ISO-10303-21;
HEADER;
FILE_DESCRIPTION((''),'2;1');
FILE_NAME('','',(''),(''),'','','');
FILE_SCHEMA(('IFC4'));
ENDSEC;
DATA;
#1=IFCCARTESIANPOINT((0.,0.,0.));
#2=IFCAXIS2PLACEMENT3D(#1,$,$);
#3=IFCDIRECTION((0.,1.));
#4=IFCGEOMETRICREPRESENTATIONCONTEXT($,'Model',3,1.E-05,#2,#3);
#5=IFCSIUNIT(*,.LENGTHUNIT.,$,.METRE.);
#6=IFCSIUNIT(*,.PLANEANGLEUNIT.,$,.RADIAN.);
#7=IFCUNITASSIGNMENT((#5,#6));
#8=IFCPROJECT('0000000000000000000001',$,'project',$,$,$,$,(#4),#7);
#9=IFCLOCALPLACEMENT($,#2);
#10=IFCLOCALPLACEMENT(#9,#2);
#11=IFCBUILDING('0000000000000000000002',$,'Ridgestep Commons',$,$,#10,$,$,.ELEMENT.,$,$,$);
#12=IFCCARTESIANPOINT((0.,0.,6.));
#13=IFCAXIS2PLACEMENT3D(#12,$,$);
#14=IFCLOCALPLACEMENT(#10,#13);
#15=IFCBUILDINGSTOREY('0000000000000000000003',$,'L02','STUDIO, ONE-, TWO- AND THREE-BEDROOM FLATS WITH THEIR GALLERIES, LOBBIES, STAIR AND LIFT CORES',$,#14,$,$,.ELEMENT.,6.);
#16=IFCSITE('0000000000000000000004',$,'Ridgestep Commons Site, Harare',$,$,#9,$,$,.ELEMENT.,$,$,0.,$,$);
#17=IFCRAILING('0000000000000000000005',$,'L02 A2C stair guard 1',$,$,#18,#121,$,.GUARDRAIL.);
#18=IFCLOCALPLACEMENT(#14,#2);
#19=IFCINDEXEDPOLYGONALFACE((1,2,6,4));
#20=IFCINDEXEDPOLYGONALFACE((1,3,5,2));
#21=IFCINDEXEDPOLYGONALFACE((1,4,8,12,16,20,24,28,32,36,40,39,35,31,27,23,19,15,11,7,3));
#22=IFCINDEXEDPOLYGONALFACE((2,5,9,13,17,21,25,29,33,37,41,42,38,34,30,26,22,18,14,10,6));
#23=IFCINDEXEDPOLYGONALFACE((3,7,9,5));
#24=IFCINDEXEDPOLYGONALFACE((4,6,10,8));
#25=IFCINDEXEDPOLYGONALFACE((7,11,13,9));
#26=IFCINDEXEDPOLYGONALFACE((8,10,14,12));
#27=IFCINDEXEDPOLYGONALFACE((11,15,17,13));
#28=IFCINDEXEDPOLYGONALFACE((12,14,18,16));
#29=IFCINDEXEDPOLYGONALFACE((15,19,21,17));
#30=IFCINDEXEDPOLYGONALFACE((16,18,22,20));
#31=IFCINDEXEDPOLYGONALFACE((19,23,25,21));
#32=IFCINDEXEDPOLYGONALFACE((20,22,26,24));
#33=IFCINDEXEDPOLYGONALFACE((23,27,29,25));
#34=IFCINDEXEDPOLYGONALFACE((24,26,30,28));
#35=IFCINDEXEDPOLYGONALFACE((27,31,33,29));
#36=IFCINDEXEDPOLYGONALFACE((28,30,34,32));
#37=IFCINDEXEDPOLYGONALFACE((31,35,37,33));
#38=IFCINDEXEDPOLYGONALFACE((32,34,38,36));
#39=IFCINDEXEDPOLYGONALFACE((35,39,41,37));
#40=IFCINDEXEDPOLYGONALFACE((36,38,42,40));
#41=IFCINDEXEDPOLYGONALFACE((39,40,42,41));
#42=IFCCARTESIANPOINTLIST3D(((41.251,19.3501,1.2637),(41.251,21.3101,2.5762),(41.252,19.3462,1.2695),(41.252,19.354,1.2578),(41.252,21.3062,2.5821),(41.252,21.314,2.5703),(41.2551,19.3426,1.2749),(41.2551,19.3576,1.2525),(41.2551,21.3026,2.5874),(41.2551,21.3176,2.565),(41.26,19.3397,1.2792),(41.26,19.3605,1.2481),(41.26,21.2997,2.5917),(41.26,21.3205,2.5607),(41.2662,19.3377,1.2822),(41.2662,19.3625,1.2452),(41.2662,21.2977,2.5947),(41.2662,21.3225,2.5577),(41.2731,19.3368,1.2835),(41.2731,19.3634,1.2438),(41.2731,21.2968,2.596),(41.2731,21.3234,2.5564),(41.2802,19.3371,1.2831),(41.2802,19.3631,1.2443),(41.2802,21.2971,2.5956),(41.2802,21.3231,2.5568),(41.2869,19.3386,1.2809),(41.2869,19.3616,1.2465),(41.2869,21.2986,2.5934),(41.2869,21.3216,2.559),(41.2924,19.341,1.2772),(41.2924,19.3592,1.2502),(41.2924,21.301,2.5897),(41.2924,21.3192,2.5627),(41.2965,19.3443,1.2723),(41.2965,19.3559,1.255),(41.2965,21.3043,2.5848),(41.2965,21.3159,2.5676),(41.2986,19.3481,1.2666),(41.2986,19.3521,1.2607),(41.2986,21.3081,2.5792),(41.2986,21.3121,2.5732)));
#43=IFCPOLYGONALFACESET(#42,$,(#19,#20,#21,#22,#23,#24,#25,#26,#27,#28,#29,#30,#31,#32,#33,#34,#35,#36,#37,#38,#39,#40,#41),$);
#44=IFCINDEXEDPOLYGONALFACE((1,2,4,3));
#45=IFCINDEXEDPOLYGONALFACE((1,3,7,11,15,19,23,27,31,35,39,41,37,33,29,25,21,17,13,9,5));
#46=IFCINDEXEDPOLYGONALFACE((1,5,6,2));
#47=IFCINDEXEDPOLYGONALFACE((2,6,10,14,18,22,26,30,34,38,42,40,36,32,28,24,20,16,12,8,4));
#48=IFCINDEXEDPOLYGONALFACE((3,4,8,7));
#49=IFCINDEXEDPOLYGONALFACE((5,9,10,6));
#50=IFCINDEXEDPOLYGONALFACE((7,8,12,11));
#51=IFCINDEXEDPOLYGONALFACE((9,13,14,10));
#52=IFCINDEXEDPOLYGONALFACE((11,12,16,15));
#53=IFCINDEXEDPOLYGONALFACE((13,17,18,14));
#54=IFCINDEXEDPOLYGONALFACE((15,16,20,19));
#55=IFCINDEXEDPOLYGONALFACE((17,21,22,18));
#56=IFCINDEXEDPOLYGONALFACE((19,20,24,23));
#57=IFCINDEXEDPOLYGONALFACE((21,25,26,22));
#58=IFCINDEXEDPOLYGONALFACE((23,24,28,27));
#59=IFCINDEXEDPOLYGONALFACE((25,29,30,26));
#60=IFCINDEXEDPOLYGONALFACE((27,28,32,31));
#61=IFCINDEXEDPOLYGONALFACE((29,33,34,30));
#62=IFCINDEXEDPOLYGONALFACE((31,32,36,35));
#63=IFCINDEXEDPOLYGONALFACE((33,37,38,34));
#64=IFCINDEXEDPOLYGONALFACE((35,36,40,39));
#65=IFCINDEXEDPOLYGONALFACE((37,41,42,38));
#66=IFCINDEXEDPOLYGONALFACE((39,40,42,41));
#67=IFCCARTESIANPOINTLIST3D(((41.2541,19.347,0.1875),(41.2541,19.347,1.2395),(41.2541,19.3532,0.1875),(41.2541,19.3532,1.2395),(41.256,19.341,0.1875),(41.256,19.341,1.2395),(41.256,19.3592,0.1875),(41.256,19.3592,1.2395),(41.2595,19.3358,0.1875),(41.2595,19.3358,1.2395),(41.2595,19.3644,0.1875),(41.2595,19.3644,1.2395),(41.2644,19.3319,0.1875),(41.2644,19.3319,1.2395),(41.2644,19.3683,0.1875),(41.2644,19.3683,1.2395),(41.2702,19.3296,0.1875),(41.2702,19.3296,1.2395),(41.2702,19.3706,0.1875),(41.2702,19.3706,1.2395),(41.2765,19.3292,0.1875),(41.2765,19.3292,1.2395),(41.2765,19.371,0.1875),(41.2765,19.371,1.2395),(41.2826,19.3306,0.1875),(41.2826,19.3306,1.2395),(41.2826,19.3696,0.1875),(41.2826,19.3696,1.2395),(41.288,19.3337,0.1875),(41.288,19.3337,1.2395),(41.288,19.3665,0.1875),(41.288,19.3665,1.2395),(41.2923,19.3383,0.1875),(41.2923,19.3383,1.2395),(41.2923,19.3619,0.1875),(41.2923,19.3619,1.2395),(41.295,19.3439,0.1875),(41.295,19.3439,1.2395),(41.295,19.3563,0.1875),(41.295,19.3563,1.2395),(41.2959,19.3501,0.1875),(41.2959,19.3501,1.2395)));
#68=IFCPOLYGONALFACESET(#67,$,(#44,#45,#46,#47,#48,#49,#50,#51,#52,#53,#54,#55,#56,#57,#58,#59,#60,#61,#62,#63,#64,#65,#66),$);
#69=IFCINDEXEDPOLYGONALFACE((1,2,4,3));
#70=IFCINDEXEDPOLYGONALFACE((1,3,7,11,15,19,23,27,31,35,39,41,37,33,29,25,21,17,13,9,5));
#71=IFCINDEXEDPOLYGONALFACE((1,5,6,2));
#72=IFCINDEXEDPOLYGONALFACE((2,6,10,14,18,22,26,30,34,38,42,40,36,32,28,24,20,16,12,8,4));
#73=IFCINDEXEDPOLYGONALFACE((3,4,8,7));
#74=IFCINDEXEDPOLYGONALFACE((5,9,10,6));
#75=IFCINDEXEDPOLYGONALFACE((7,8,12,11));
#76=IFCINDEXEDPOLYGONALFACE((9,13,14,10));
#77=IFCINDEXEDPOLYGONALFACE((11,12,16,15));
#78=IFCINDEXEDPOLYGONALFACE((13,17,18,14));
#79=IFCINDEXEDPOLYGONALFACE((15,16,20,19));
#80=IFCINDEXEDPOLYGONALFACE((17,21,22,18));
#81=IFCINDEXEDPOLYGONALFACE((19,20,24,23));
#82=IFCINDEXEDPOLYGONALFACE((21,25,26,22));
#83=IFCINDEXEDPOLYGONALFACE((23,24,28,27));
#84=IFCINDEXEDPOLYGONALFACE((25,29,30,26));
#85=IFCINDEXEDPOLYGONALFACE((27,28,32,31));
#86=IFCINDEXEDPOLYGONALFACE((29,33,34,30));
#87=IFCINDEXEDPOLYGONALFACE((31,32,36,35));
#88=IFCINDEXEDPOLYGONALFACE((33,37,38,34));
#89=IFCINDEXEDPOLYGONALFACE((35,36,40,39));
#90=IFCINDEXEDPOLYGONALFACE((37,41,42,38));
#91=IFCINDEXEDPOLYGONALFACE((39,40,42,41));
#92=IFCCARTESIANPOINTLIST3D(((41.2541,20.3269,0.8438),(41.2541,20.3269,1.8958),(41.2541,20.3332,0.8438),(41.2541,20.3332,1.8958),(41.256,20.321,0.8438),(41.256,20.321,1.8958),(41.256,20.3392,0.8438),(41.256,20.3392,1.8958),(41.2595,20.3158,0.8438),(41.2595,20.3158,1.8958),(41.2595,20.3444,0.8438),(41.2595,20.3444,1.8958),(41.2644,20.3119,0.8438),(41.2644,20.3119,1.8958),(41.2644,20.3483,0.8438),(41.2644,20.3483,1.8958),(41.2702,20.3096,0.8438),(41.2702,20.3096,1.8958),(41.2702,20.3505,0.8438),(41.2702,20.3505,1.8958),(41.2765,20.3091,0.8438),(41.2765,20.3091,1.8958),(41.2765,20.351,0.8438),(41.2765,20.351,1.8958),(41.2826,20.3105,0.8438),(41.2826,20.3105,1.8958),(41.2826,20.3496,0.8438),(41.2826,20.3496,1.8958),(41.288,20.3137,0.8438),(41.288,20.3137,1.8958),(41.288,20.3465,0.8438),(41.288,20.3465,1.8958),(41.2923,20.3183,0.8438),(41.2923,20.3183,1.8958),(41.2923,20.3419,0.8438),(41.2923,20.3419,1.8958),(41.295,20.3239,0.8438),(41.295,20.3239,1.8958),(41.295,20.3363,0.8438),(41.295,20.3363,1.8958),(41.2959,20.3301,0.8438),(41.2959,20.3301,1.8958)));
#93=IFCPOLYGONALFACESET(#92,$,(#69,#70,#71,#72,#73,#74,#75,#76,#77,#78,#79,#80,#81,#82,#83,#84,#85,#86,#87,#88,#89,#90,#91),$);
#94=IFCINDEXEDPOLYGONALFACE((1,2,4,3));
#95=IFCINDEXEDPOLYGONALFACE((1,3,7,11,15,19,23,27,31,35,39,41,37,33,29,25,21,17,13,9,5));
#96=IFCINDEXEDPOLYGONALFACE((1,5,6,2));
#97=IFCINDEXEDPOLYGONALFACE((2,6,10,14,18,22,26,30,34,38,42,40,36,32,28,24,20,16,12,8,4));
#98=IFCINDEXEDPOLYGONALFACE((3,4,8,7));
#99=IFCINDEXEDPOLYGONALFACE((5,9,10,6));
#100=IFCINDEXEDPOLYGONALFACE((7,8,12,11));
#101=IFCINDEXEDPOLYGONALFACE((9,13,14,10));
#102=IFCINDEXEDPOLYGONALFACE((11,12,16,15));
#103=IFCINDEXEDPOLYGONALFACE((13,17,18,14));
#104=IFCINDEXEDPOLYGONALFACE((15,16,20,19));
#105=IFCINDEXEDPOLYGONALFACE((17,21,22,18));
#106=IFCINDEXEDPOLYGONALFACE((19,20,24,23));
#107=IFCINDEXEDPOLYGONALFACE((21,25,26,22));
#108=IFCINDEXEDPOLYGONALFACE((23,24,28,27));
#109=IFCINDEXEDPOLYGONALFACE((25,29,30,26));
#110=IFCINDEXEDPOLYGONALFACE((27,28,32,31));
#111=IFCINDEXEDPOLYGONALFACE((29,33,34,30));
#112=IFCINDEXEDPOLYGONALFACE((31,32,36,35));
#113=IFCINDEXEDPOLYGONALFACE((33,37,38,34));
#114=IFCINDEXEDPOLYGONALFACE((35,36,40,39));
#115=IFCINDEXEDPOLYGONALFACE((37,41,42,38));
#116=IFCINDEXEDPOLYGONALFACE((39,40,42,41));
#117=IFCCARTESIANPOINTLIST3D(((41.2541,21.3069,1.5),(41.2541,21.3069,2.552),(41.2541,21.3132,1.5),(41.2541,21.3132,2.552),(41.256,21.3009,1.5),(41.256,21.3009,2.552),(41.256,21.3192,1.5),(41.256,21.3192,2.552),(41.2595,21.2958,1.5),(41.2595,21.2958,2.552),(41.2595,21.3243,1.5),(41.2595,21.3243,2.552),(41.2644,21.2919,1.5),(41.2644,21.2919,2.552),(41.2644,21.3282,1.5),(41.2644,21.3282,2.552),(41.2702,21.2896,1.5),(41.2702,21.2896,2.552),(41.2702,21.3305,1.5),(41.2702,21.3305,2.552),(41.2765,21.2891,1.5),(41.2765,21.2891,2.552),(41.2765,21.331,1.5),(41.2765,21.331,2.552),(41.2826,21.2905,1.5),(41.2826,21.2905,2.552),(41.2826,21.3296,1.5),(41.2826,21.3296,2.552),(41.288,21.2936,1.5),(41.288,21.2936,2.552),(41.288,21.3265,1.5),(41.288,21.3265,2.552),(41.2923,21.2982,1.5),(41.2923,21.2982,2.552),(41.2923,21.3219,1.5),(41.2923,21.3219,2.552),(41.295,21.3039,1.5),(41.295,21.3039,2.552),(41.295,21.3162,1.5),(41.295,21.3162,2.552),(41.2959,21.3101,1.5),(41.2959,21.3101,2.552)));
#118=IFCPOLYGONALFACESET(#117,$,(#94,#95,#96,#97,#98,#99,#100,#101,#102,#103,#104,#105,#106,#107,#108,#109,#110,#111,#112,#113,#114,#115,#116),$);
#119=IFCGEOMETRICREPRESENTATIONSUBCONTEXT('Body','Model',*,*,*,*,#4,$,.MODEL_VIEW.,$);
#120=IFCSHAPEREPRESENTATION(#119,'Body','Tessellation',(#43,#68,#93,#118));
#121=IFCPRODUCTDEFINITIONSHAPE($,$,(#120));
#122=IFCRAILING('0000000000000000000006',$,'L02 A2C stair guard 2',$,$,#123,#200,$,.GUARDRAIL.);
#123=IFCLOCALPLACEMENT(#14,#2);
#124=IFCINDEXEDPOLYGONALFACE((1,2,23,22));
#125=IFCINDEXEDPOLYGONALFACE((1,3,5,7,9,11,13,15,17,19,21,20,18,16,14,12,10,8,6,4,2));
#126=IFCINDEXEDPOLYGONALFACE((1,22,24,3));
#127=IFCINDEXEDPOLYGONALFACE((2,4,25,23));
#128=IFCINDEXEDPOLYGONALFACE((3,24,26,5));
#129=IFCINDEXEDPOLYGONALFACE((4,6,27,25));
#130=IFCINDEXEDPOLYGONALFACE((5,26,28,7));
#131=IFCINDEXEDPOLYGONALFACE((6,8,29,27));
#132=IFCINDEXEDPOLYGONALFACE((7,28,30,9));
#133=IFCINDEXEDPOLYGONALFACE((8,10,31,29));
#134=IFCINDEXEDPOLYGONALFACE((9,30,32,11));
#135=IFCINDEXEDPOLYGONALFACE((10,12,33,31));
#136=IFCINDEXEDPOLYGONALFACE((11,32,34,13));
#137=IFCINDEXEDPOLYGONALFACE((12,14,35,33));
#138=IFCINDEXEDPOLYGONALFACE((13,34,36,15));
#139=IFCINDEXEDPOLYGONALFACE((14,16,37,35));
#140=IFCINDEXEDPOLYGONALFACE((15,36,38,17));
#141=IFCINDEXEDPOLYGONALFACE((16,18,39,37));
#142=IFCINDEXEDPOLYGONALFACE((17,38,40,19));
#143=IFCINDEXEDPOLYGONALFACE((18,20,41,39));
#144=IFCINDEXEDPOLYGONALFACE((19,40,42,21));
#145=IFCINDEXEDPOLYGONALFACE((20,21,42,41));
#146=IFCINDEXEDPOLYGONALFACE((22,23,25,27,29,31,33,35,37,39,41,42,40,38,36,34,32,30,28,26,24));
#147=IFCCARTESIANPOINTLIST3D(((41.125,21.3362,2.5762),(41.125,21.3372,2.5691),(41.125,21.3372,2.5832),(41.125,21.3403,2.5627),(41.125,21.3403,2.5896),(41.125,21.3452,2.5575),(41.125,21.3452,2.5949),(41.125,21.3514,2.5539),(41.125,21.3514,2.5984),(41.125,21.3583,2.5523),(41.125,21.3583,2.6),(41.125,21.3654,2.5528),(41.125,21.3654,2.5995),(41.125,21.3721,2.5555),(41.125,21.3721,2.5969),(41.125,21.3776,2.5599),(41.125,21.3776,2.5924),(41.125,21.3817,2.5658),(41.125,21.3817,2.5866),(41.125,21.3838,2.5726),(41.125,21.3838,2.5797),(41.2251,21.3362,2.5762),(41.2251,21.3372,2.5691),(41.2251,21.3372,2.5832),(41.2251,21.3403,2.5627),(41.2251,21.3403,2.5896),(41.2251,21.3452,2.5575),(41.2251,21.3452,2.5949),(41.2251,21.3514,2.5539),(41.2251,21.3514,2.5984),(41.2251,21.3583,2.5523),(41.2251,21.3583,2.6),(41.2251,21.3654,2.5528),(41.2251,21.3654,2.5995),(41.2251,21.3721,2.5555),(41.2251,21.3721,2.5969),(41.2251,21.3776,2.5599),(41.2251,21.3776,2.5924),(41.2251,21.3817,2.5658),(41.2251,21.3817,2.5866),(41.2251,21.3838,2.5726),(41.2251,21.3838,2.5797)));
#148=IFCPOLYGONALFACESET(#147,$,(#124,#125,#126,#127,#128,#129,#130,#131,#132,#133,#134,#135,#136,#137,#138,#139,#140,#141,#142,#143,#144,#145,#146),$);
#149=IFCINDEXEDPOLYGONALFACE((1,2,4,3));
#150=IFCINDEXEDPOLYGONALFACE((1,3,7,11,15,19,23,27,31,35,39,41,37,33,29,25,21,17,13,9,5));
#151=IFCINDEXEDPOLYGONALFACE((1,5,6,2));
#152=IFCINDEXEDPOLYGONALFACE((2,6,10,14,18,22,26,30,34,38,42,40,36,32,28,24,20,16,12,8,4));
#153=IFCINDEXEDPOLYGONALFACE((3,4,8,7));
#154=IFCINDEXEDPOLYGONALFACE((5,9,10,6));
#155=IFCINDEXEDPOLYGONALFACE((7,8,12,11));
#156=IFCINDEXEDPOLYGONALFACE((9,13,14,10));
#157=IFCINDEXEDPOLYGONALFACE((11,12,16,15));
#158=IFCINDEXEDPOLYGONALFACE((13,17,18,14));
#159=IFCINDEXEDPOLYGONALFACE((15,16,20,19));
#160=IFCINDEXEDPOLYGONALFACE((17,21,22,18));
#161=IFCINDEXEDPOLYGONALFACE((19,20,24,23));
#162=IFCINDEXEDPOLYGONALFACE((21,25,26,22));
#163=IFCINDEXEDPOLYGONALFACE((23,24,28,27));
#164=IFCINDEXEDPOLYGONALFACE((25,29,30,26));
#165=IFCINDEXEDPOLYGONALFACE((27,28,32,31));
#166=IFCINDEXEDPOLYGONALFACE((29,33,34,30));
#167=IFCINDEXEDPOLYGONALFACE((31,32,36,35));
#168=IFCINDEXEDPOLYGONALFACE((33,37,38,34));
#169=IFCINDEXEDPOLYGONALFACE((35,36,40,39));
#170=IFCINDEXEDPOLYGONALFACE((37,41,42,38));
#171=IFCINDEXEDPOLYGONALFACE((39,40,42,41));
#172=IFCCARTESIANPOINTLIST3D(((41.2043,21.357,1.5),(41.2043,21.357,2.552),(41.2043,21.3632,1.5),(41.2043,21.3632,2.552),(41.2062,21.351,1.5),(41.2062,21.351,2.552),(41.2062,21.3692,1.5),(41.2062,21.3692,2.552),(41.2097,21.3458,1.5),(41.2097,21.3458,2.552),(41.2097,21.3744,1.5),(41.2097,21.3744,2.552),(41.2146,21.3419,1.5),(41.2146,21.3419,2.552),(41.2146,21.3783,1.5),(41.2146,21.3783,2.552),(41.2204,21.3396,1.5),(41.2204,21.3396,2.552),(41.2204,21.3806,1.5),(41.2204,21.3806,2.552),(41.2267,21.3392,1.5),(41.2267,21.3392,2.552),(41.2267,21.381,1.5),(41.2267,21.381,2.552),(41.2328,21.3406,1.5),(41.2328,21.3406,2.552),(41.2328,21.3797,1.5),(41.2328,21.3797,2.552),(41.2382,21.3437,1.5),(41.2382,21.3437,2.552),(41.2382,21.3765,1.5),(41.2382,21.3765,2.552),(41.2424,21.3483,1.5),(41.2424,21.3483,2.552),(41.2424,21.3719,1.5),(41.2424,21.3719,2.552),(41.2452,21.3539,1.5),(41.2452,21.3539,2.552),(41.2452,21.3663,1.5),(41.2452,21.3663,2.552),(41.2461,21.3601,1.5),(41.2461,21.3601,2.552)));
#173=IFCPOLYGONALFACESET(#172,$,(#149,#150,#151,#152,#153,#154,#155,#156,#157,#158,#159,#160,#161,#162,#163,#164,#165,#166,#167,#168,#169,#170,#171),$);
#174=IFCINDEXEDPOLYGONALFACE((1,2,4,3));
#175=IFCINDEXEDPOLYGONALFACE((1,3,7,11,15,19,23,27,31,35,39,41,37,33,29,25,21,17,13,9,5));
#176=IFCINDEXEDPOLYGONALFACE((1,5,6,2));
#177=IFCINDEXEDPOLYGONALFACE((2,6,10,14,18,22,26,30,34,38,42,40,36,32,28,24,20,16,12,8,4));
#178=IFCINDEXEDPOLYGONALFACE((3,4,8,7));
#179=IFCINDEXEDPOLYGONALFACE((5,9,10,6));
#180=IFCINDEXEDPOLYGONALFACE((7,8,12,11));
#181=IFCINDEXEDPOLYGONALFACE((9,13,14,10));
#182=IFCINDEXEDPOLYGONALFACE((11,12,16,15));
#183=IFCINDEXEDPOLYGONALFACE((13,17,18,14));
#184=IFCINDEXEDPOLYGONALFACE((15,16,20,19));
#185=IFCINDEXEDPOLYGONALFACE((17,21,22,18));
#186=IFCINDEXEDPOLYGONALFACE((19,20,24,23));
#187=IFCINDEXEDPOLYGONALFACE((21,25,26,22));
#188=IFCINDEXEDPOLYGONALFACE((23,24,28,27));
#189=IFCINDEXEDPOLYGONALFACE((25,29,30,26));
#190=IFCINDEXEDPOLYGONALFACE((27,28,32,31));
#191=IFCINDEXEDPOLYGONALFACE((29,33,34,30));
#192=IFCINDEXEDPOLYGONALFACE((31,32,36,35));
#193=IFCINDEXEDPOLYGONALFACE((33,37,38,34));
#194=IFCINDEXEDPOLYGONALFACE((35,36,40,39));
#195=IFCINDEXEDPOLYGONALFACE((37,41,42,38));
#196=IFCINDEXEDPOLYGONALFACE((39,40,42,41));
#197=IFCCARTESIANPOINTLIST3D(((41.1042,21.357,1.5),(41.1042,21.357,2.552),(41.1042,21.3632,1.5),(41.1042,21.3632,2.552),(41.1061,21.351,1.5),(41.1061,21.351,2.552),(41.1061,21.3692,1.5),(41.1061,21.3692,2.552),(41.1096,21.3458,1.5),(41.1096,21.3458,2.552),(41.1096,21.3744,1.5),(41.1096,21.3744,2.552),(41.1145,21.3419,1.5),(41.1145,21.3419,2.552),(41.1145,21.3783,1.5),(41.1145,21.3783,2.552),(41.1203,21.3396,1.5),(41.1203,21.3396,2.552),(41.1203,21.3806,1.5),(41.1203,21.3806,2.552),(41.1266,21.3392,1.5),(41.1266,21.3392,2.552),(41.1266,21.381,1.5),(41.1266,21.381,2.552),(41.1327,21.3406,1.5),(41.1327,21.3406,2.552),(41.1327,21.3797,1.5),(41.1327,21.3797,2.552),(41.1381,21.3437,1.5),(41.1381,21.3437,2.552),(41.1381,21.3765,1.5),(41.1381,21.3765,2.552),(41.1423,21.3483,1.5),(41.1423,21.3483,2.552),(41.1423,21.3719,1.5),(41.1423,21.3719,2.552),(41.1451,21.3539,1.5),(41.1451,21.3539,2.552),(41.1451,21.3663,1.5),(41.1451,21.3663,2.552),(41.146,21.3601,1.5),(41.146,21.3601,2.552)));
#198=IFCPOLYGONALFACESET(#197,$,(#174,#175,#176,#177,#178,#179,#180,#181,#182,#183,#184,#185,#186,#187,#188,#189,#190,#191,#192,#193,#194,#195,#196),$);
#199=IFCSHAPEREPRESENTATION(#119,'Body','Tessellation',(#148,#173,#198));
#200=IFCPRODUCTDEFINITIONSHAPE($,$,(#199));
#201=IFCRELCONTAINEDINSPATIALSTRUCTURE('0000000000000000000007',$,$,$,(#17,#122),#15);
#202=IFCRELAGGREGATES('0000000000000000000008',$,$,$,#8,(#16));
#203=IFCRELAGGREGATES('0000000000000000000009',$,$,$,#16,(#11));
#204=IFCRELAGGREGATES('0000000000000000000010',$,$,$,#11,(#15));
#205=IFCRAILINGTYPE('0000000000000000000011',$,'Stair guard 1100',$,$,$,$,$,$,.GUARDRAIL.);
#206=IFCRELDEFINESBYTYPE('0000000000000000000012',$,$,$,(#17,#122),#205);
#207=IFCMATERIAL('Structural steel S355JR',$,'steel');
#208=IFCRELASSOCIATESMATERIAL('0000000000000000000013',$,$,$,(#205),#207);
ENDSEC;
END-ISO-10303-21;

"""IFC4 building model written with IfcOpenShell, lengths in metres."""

from ifc_helpers import new_model, si_unit, direction, frame, origin, origin_2d, place, context, subcontext, project, spatial, circle, extrude, material, type_object, element, save


model = new_model("IFC4")

# Units and contexts
model_context = context("Model", 3, precision=1e-05, world=origin(), true_north=direction((0.0, 1.0)))
body_context = subcontext(model_context, "Body", "Model", "MODEL_VIEW")
ifc_project = project(units=[si_unit("LENGTHUNIT", "METRE"), si_unit("PLANEANGLEUNIT", "RADIAN")], contexts=[model_context])

# Site, building, storey
site_placement = place(None, origin())
site = spatial("IfcSite", under=ifc_project, at=site_placement, Name="Ridgestep Commons Site, Harare", CompositionType="ELEMENT", RefElevation=0.0)
building_placement = place(site_placement, origin())
building = spatial("IfcBuilding", under=site, at=building_placement, Name="Ridgestep Commons", CompositionType="ELEMENT")
storey_placement = place(building_placement, frame((0.0, 0.0, 6.0)))
storey = spatial("IfcBuildingStorey", under=building, at=storey_placement, Name="L02", Description="STUDIO, ONE-, TWO- AND THREE-BEDROOM FLATS WITH THEIR GALLERIES, LOBBIES, STAIR AND LIFT CORES", CompositionType="ELEMENT", Elevation=6.0)

# Railings
ifc_material_1 = material(Name="Structural steel S355JR", Category="steel")
railing_type_1 = type_object("IfcRailingType", Name="Stair guard 1100", PredefinedType="GUARDRAIL", material=ifc_material_1)
railing_1_placement = place(storey_placement, frame((41.2749, 19.3501, 0.1875)))
element("IfcRailing", 1, at=railing_1_placement, inside=storey, type_object=railing_type_1, Name="L02 A2C stair guard 1", PredefinedType="GUARDRAIL", context=body_context, shape_type="SweptSolid", body=[
    extrude(circle(Radius=0.0239, at=origin_2d()), frame((0.0, 0.0, 1.0762), z_axis=(0.0, 0.830902, 0.556419), x_axis=(-1.0, 0.0, 0.0)), (0.0, 0.0, 1.0), 2.3589),
    extrude(circle(Radius=0.021, at=origin_2d()), origin(), (0.0, 0.0, 1.0), 1.052),
    extrude(circle(Radius=0.021, at=origin_2d()), frame((0.0, 0.98, 0.6562)), (0.0, 0.0, 1.0), 1.052),
    extrude(circle(Radius=0.021, at=origin_2d()), frame((0.0, 1.96, 1.3125)), (0.0, 0.0, 1.0), 1.052),
])
railing_2_placement = place(storey_placement, frame((41.2251, 21.3601, 1.5)))
element("IfcRailing", 2, at=railing_2_placement, inside=storey, type_object=railing_type_1, Name="L02 A2C stair guard 2", PredefinedType="GUARDRAIL", context=body_context, shape_type="SweptSolid", body=[
    extrude(circle(Radius=0.0239, at=origin_2d()), frame((0.0, 0.0, 1.0762), z_axis=(-1.0, 0.0, 0.0), x_axis=(0.0, -1.0, 0.0)), (0.0, 0.0, 1.0), 0.1001),
    extrude(circle(Radius=0.021, at=origin_2d()), origin(), (0.0, 0.0, 1.0), 1.052),
    extrude(circle(Radius=0.021, at=origin_2d()), frame((-0.1001, 0.0, 0.0)), (0.0, 0.0, 1.0), 1.052),
])

save(model, "model.ifc")
